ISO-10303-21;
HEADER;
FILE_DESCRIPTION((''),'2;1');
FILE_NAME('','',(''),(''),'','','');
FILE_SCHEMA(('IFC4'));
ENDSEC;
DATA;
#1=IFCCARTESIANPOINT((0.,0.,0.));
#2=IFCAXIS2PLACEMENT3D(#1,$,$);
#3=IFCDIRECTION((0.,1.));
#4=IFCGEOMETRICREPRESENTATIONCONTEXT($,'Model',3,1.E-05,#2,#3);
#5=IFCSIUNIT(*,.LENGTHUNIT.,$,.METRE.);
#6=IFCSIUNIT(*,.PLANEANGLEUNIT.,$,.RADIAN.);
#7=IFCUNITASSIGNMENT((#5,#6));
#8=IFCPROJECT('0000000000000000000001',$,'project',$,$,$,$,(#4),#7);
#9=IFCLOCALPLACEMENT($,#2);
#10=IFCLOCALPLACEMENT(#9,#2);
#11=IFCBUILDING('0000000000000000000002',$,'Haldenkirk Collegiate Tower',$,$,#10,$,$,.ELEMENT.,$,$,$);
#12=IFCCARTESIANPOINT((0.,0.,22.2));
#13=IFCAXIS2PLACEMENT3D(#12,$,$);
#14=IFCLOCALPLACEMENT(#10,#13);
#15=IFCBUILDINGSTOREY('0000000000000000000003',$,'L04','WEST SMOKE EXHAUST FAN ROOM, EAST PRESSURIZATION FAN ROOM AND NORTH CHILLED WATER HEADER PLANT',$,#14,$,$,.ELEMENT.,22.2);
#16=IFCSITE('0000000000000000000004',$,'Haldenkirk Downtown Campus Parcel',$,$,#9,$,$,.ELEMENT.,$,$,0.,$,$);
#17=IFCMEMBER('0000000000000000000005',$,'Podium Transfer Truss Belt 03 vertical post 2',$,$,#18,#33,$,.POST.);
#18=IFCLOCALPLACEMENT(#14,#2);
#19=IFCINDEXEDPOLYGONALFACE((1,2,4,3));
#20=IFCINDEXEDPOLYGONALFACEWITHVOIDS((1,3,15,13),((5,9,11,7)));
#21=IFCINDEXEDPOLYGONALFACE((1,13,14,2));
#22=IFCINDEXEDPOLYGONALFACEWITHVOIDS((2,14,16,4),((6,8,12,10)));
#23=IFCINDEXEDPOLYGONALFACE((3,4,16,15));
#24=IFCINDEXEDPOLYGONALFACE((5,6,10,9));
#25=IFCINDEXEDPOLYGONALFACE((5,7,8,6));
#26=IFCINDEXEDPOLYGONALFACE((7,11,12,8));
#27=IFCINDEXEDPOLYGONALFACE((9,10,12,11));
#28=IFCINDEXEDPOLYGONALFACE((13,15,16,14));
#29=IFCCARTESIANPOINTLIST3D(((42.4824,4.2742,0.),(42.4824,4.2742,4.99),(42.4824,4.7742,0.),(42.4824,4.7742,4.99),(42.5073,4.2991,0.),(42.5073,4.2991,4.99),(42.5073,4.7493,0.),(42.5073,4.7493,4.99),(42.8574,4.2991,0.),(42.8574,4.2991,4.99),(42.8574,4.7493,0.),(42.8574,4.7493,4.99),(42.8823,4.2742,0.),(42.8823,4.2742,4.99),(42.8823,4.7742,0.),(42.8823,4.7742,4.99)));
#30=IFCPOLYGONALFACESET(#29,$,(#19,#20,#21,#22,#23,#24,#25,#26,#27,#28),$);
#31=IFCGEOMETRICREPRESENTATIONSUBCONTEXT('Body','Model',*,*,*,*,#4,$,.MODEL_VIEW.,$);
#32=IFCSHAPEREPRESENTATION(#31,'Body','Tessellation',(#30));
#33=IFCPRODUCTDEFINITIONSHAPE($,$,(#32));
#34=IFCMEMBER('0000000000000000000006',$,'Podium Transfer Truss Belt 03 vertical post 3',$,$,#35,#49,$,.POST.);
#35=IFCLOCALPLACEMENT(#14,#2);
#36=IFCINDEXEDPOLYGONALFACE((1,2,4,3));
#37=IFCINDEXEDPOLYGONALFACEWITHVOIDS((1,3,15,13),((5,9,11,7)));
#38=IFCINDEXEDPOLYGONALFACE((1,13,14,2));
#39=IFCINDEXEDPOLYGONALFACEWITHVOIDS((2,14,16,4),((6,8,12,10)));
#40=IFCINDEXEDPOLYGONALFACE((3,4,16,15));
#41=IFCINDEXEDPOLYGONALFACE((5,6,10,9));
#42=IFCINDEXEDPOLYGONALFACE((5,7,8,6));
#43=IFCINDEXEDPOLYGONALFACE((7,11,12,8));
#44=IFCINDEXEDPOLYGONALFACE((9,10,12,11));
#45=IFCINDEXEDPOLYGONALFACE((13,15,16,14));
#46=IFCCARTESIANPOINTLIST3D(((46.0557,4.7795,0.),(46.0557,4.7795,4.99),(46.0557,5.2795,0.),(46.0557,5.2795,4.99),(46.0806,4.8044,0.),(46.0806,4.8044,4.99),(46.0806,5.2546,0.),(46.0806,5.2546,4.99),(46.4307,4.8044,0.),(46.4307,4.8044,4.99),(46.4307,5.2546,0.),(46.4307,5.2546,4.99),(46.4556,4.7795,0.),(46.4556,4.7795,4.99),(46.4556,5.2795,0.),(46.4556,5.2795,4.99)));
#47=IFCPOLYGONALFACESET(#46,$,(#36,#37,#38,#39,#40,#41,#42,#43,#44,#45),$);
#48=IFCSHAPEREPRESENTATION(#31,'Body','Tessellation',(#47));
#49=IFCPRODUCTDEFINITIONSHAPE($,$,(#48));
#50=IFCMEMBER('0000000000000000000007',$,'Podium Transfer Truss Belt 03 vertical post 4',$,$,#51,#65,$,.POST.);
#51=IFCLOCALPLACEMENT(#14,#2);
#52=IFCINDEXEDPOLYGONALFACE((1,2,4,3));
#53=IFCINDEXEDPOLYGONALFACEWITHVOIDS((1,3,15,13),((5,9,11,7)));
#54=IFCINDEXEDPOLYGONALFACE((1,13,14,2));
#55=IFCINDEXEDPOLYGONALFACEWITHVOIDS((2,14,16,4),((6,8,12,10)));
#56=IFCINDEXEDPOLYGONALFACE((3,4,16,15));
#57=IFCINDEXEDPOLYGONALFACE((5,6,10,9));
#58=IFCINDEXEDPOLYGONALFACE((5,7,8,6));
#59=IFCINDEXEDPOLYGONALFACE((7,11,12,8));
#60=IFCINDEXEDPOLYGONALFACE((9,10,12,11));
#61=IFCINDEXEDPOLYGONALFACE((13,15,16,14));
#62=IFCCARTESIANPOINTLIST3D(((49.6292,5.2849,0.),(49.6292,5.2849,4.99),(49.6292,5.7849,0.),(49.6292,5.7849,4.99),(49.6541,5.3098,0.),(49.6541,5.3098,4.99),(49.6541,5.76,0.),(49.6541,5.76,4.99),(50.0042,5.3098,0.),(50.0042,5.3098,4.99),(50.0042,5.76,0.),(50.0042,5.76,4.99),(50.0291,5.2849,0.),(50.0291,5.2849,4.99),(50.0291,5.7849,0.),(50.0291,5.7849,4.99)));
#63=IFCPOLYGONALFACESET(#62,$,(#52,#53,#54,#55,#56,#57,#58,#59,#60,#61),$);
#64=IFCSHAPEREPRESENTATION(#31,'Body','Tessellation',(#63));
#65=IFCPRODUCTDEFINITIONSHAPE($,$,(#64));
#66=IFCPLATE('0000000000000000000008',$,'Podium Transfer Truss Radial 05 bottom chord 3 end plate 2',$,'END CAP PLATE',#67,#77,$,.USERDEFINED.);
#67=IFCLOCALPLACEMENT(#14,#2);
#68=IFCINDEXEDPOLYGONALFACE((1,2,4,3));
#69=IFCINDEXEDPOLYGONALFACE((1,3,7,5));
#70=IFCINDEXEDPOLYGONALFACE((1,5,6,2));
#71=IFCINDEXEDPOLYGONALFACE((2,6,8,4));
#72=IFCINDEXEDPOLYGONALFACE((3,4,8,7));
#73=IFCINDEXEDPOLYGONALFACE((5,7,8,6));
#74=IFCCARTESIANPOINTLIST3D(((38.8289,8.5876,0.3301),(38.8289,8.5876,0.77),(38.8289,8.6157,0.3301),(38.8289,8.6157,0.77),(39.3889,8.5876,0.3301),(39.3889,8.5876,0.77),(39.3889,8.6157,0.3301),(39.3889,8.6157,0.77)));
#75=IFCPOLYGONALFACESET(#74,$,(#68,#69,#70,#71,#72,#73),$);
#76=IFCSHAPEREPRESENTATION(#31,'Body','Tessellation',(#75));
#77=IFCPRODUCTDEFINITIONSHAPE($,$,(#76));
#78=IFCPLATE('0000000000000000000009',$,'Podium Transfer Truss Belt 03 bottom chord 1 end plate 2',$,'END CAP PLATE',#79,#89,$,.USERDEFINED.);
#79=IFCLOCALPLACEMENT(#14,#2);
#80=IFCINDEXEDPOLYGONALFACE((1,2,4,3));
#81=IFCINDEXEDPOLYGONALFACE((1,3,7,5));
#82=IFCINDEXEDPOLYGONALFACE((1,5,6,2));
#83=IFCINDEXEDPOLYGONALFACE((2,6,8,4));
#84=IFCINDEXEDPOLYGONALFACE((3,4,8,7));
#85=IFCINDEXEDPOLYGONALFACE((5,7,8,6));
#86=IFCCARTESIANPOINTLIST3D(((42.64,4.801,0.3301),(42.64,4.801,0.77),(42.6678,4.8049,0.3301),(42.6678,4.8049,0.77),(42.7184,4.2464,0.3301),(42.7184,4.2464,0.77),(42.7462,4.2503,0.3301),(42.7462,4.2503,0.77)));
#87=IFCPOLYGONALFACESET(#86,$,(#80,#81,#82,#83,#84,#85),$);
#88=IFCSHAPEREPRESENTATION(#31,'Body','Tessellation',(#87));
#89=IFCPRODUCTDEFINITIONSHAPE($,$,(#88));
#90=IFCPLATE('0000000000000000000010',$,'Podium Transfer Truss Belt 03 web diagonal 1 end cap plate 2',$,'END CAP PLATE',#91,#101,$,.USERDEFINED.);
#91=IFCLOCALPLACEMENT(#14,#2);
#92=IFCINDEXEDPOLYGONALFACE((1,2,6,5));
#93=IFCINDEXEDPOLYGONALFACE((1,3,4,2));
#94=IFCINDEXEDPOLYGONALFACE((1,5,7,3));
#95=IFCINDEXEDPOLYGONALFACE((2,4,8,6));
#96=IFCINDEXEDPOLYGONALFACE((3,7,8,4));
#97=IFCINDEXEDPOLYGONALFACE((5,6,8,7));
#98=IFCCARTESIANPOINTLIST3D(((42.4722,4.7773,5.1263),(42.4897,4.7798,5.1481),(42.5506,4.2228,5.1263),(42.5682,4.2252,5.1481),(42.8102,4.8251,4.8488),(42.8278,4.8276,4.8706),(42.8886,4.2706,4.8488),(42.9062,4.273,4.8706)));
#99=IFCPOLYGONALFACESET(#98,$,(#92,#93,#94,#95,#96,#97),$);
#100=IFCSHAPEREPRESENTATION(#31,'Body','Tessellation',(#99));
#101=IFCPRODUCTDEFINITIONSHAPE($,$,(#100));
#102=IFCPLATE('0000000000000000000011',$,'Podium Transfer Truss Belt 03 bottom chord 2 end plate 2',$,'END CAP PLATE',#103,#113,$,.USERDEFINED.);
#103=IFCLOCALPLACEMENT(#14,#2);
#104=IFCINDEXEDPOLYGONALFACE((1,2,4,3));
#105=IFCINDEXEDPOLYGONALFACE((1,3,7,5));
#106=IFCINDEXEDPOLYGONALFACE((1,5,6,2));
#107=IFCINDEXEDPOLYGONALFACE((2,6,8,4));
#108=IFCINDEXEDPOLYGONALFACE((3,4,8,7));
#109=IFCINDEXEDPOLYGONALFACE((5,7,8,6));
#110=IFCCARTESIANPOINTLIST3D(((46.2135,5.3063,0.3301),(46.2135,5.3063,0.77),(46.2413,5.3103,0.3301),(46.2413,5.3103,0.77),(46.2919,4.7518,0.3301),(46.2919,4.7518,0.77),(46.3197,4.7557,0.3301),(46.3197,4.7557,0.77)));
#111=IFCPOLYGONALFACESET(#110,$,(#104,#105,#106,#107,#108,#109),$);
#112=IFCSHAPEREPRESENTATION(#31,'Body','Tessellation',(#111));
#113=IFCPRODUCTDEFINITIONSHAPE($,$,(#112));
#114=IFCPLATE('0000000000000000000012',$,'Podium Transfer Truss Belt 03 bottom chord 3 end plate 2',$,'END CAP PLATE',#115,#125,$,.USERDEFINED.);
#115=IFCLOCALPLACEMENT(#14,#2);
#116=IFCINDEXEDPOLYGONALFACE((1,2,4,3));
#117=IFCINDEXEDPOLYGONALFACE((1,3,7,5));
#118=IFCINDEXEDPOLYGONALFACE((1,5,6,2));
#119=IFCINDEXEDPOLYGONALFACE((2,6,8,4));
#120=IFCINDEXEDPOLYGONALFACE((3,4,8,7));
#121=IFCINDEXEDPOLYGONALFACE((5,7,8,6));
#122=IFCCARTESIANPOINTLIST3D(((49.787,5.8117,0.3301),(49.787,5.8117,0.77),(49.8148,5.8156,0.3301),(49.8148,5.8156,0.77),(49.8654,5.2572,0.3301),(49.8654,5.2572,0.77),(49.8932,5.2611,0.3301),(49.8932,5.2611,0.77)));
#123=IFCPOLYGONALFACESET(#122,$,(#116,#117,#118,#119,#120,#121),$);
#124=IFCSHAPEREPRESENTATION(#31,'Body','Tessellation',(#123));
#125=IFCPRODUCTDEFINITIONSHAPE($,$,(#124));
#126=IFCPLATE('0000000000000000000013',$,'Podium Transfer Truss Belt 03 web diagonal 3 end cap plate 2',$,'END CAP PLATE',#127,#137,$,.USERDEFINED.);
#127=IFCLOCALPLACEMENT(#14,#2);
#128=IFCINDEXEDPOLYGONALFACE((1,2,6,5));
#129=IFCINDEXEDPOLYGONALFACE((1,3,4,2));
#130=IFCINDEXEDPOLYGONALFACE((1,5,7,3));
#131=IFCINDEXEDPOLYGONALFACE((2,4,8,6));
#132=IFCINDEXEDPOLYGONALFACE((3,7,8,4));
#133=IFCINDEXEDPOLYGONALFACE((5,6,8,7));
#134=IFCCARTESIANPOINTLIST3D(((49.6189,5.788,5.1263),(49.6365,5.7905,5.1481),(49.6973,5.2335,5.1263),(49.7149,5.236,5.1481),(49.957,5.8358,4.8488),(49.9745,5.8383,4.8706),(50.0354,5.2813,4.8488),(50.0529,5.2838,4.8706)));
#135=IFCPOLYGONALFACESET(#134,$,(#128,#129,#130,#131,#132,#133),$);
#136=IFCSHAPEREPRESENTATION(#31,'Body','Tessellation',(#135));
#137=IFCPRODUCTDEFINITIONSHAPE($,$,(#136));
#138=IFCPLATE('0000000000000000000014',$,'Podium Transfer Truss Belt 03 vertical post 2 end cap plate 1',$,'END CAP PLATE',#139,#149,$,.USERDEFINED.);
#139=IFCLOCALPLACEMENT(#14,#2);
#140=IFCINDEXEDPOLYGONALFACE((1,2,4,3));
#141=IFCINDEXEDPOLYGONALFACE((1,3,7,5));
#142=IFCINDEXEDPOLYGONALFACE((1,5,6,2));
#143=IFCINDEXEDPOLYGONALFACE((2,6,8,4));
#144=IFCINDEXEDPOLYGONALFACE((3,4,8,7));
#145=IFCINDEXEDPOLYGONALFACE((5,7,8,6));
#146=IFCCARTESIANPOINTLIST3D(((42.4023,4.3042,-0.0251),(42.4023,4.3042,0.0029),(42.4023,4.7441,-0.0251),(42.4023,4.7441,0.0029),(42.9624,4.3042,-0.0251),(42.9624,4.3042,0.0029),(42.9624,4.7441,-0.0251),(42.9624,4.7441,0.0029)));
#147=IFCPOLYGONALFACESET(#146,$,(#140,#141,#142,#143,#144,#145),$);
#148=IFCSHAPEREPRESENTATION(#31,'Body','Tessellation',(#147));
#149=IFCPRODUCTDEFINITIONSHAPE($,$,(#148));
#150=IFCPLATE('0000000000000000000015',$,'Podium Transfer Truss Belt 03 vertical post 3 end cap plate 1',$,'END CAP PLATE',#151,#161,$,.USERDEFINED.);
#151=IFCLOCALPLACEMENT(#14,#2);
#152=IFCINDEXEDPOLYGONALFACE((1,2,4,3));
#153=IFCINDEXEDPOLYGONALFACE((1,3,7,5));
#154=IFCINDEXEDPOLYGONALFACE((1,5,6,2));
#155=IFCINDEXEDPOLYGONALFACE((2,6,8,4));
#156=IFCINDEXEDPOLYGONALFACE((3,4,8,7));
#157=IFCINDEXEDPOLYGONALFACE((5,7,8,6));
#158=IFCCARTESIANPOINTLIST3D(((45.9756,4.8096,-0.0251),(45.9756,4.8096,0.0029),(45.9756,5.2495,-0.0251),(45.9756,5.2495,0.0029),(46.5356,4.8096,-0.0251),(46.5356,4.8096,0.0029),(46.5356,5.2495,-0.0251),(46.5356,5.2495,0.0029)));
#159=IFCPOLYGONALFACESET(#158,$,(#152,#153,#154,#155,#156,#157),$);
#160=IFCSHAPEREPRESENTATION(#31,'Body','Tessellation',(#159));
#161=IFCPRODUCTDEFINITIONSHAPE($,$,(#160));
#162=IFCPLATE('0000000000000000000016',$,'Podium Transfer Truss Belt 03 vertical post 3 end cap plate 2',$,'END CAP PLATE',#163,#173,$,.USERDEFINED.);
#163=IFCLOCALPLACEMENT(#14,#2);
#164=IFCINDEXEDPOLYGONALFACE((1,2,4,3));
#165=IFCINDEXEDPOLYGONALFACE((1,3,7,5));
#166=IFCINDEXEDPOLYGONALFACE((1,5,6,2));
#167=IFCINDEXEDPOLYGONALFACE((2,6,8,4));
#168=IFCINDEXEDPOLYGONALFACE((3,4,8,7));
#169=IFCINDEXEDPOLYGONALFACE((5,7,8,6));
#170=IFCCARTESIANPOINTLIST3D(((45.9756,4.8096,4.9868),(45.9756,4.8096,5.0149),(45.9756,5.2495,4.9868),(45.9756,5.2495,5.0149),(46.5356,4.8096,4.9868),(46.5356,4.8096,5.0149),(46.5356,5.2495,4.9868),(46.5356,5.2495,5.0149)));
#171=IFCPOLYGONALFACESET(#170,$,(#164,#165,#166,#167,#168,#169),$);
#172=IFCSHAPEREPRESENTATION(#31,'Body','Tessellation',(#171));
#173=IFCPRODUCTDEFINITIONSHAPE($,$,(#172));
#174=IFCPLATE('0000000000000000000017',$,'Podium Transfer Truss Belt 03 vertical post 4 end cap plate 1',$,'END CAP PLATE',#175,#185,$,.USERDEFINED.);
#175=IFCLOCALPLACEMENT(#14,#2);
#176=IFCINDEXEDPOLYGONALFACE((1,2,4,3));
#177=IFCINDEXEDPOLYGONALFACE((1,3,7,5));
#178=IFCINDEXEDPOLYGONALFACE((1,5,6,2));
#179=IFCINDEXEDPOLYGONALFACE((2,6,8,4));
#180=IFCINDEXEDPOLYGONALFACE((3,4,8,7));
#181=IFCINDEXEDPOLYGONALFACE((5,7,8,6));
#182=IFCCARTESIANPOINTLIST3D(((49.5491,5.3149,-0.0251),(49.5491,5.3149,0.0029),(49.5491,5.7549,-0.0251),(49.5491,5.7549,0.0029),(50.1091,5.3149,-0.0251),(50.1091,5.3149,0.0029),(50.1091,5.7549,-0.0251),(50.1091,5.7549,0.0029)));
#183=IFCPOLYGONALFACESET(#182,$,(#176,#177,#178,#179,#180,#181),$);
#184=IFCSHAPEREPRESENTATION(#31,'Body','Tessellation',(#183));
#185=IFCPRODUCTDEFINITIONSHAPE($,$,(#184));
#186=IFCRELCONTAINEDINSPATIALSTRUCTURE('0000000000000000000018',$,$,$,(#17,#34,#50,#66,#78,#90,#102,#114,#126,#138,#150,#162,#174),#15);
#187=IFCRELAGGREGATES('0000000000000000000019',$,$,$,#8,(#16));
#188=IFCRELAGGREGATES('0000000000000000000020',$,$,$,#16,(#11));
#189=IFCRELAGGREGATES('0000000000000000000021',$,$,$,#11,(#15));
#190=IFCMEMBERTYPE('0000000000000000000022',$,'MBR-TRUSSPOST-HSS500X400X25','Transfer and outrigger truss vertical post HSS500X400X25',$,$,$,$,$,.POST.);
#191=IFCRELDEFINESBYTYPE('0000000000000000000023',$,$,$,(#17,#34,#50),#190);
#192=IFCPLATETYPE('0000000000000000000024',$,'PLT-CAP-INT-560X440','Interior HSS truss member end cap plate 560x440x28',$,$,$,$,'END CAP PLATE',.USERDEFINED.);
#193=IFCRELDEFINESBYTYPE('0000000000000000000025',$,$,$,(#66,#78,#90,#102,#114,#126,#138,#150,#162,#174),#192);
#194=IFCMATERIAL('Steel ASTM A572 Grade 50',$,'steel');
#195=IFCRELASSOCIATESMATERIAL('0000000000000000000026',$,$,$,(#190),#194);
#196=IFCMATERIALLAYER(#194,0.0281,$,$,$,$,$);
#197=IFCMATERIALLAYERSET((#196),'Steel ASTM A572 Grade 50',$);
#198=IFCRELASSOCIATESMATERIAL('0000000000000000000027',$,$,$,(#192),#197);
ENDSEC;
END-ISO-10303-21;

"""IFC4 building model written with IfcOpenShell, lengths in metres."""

from ifc_helpers import new_model, si_unit, direction, frame, origin, origin_2d, place, context, subcontext, project, spatial, rectangle, hollow_rectangle, extrude, source, transform, mapped, material, layer, layer_set, material_profile, profile_set, type_object, element, save


model = new_model("IFC4")

# Units and contexts
model_context = context("Model", 3, precision=1e-05, world=origin(), true_north=direction((0.0, 1.0)))
body_context = subcontext(model_context, "Body", "Model", "MODEL_VIEW")
ifc_project = project(units=[si_unit("LENGTHUNIT", "METRE"), si_unit("PLANEANGLEUNIT", "RADIAN")], contexts=[model_context])

# Site, building, storey
site_placement = place(None, origin())
site = spatial("IfcSite", under=ifc_project, at=site_placement, Name="Haldenkirk Downtown Campus Parcel", CompositionType="ELEMENT", RefElevation=0.0)
building_placement = place(site_placement, origin())
building = spatial("IfcBuilding", under=site, at=building_placement, Name="Haldenkirk Collegiate Tower", CompositionType="ELEMENT")
storey_placement = place(building_placement, frame((0.0, 0.0, 22.2)))
storey = spatial("IfcBuildingStorey", under=building, at=storey_placement, Name="L04", Description="WEST SMOKE EXHAUST FAN ROOM, EAST PRESSURIZATION FAN ROOM AND NORTH CHILLED WATER HEADER PLANT", CompositionType="ELEMENT", Elevation=22.2)

# Members
ifc_material_1 = material(Name="Steel ASTM A572 Grade 50", Category="steel")
ifc_material_profile_1 = material_profile(ifc_material_1, hollow_rectangle(XDim=0.3999, YDim=0.5, WallThickness=0.0249, at=origin_2d()), Name="HSS500X400X25")
ifc_profile_set_1 = profile_set([ifc_material_profile_1], Name="Steel ASTM A572 Grade 50")
member_type_1 = type_object("IfcMemberType", Name="MBR-TRUSSPOST-HSS500X400X25", Description="Transfer and outrigger truss vertical post HSS500X400X25", PredefinedType="POST", material=ifc_profile_set_1)
for number, where, z_axis, x_axis, name in (
    (1, (42.6824, 4.5242, 0.0), (0.0, 0.0, 1.0), (1.0, 0.0, 0.0), "Podium Transfer Truss Belt 03 vertical post 2"),
    (2, (46.2556, 5.0295, 0.0), (0.0, 0.0, 1.0), (1.0, 0.0, 0.0), "Podium Transfer Truss Belt 03 vertical post 3"),
    (3, (49.8291, 5.5349, 0.0), (0.0, 0.0, 1.0), (1.0, 0.0, 0.0), "Podium Transfer Truss Belt 03 vertical post 4"),
):
    element("IfcMember", number, at=place(storey_placement, frame(where, z_axis=z_axis, x_axis=x_axis)), inside=storey, type_object=member_type_1, Name=name, PredefinedType="POST", context=body_context, shape_type="SweptSolid", body=[
        extrude(hollow_rectangle(XDim=0.3999, YDim=0.5, WallThickness=0.0249, at=origin_2d()), origin(), (0.0, 0.0, 1.0), 4.99),
    ])

# Plates
ifc_layer = layer(ifc_material_1, 0.0281)
ifc_layer_set = layer_set([ifc_layer], Name="Steel ASTM A572 Grade 50")
plate_type = type_object("IfcPlateType", Name="PLT-CAP-INT-560X440", Description="Interior HSS truss member end cap plate 560x440x28", ElementType="END CAP PLATE", PredefinedType="USERDEFINED", material=ifc_layer_set)
shared_shape = source(origin(), body_context, "Body", "SweptSolid", [
    extrude(rectangle(XDim=0.5601, YDim=0.4399, at=origin_2d()), origin(), (0.0, 0.0, 1.0), 0.0281),
])
for number, where, z_axis, x_axis, name in (
    (4, (39.1089, 8.6157, 0.55), (0.0, -1.0, 0.0), (1.0, 0.0, 0.0), "Podium Transfer Truss Radial 05 bottom chord 3 end plate 2"),
    (5, (42.6792, 4.5237, 0.55), (0.990147, 0.140032, 0.0), (-0.140032, 0.990147, 0.0), "Podium Transfer Truss Belt 03 bottom chord 1 end plate 2"),
    (6, (42.6804, 4.5239, 4.9875), (0.624542, 0.088329, 0.77598), (-0.140036, 0.990146, 0.0), "Podium Transfer Truss Belt 03 web diagonal 1 end cap plate 2"),
    (7, (46.2527, 5.0291, 0.55), (0.990147, 0.140032, 0.0), (-0.140032, 0.990147, 0.0), "Podium Transfer Truss Belt 03 bottom chord 2 end plate 2"),
    (8, (49.8262, 5.5344, 0.55), (0.990147, 0.140032, 0.0), (-0.140032, 0.990147, 0.0), "Podium Transfer Truss Belt 03 bottom chord 3 end plate 2"),
    (9, (49.8271, 5.5347, 4.9875), (0.624532, 0.088313, 0.77599), (-0.140013, 0.99015, 0.0), "Podium Transfer Truss Belt 03 web diagonal 3 end cap plate 2"),
    (10, (42.6824, 4.5242, 0.0029), (0.0, 0.0, -1.0), (1.0, 0.0, 0.0), "Podium Transfer Truss Belt 03 vertical post 2 end cap plate 1"),
    (11, (46.2556, 5.0295, 0.0029), (0.0, 0.0, -1.0), (1.0, 0.0, 0.0), "Podium Transfer Truss Belt 03 vertical post 3 end cap plate 1"),
    (12, (46.2556, 5.0295, 4.9868), (0.0, 0.0, 1.0), (1.0, 0.0, 0.0), "Podium Transfer Truss Belt 03 vertical post 3 end cap plate 2"),
    (13, (49.8291, 5.5349, 0.0029), (0.0, 0.0, -1.0), (1.0, 0.0, 0.0), "Podium Transfer Truss Belt 03 vertical post 4 end cap plate 1"),
):
    element("IfcPlate", number, at=place(storey_placement, frame(where, z_axis=z_axis, x_axis=x_axis)), inside=storey, type_object=plate_type, Name=name, ObjectType="END CAP PLATE", PredefinedType="USERDEFINED", context=body_context, shape_type="MappedRepresentation", body=[
        mapped(shared_shape, transform((0.0, 0.0, 0.0), x_axis=(1.0, 0.0, 0.0), y_axis=(0.0, 1.0, 0.0), z_axis=(0.0, 0.0, 1.0), scale=1.0)),
    ])

save(model, "model.ifc")
